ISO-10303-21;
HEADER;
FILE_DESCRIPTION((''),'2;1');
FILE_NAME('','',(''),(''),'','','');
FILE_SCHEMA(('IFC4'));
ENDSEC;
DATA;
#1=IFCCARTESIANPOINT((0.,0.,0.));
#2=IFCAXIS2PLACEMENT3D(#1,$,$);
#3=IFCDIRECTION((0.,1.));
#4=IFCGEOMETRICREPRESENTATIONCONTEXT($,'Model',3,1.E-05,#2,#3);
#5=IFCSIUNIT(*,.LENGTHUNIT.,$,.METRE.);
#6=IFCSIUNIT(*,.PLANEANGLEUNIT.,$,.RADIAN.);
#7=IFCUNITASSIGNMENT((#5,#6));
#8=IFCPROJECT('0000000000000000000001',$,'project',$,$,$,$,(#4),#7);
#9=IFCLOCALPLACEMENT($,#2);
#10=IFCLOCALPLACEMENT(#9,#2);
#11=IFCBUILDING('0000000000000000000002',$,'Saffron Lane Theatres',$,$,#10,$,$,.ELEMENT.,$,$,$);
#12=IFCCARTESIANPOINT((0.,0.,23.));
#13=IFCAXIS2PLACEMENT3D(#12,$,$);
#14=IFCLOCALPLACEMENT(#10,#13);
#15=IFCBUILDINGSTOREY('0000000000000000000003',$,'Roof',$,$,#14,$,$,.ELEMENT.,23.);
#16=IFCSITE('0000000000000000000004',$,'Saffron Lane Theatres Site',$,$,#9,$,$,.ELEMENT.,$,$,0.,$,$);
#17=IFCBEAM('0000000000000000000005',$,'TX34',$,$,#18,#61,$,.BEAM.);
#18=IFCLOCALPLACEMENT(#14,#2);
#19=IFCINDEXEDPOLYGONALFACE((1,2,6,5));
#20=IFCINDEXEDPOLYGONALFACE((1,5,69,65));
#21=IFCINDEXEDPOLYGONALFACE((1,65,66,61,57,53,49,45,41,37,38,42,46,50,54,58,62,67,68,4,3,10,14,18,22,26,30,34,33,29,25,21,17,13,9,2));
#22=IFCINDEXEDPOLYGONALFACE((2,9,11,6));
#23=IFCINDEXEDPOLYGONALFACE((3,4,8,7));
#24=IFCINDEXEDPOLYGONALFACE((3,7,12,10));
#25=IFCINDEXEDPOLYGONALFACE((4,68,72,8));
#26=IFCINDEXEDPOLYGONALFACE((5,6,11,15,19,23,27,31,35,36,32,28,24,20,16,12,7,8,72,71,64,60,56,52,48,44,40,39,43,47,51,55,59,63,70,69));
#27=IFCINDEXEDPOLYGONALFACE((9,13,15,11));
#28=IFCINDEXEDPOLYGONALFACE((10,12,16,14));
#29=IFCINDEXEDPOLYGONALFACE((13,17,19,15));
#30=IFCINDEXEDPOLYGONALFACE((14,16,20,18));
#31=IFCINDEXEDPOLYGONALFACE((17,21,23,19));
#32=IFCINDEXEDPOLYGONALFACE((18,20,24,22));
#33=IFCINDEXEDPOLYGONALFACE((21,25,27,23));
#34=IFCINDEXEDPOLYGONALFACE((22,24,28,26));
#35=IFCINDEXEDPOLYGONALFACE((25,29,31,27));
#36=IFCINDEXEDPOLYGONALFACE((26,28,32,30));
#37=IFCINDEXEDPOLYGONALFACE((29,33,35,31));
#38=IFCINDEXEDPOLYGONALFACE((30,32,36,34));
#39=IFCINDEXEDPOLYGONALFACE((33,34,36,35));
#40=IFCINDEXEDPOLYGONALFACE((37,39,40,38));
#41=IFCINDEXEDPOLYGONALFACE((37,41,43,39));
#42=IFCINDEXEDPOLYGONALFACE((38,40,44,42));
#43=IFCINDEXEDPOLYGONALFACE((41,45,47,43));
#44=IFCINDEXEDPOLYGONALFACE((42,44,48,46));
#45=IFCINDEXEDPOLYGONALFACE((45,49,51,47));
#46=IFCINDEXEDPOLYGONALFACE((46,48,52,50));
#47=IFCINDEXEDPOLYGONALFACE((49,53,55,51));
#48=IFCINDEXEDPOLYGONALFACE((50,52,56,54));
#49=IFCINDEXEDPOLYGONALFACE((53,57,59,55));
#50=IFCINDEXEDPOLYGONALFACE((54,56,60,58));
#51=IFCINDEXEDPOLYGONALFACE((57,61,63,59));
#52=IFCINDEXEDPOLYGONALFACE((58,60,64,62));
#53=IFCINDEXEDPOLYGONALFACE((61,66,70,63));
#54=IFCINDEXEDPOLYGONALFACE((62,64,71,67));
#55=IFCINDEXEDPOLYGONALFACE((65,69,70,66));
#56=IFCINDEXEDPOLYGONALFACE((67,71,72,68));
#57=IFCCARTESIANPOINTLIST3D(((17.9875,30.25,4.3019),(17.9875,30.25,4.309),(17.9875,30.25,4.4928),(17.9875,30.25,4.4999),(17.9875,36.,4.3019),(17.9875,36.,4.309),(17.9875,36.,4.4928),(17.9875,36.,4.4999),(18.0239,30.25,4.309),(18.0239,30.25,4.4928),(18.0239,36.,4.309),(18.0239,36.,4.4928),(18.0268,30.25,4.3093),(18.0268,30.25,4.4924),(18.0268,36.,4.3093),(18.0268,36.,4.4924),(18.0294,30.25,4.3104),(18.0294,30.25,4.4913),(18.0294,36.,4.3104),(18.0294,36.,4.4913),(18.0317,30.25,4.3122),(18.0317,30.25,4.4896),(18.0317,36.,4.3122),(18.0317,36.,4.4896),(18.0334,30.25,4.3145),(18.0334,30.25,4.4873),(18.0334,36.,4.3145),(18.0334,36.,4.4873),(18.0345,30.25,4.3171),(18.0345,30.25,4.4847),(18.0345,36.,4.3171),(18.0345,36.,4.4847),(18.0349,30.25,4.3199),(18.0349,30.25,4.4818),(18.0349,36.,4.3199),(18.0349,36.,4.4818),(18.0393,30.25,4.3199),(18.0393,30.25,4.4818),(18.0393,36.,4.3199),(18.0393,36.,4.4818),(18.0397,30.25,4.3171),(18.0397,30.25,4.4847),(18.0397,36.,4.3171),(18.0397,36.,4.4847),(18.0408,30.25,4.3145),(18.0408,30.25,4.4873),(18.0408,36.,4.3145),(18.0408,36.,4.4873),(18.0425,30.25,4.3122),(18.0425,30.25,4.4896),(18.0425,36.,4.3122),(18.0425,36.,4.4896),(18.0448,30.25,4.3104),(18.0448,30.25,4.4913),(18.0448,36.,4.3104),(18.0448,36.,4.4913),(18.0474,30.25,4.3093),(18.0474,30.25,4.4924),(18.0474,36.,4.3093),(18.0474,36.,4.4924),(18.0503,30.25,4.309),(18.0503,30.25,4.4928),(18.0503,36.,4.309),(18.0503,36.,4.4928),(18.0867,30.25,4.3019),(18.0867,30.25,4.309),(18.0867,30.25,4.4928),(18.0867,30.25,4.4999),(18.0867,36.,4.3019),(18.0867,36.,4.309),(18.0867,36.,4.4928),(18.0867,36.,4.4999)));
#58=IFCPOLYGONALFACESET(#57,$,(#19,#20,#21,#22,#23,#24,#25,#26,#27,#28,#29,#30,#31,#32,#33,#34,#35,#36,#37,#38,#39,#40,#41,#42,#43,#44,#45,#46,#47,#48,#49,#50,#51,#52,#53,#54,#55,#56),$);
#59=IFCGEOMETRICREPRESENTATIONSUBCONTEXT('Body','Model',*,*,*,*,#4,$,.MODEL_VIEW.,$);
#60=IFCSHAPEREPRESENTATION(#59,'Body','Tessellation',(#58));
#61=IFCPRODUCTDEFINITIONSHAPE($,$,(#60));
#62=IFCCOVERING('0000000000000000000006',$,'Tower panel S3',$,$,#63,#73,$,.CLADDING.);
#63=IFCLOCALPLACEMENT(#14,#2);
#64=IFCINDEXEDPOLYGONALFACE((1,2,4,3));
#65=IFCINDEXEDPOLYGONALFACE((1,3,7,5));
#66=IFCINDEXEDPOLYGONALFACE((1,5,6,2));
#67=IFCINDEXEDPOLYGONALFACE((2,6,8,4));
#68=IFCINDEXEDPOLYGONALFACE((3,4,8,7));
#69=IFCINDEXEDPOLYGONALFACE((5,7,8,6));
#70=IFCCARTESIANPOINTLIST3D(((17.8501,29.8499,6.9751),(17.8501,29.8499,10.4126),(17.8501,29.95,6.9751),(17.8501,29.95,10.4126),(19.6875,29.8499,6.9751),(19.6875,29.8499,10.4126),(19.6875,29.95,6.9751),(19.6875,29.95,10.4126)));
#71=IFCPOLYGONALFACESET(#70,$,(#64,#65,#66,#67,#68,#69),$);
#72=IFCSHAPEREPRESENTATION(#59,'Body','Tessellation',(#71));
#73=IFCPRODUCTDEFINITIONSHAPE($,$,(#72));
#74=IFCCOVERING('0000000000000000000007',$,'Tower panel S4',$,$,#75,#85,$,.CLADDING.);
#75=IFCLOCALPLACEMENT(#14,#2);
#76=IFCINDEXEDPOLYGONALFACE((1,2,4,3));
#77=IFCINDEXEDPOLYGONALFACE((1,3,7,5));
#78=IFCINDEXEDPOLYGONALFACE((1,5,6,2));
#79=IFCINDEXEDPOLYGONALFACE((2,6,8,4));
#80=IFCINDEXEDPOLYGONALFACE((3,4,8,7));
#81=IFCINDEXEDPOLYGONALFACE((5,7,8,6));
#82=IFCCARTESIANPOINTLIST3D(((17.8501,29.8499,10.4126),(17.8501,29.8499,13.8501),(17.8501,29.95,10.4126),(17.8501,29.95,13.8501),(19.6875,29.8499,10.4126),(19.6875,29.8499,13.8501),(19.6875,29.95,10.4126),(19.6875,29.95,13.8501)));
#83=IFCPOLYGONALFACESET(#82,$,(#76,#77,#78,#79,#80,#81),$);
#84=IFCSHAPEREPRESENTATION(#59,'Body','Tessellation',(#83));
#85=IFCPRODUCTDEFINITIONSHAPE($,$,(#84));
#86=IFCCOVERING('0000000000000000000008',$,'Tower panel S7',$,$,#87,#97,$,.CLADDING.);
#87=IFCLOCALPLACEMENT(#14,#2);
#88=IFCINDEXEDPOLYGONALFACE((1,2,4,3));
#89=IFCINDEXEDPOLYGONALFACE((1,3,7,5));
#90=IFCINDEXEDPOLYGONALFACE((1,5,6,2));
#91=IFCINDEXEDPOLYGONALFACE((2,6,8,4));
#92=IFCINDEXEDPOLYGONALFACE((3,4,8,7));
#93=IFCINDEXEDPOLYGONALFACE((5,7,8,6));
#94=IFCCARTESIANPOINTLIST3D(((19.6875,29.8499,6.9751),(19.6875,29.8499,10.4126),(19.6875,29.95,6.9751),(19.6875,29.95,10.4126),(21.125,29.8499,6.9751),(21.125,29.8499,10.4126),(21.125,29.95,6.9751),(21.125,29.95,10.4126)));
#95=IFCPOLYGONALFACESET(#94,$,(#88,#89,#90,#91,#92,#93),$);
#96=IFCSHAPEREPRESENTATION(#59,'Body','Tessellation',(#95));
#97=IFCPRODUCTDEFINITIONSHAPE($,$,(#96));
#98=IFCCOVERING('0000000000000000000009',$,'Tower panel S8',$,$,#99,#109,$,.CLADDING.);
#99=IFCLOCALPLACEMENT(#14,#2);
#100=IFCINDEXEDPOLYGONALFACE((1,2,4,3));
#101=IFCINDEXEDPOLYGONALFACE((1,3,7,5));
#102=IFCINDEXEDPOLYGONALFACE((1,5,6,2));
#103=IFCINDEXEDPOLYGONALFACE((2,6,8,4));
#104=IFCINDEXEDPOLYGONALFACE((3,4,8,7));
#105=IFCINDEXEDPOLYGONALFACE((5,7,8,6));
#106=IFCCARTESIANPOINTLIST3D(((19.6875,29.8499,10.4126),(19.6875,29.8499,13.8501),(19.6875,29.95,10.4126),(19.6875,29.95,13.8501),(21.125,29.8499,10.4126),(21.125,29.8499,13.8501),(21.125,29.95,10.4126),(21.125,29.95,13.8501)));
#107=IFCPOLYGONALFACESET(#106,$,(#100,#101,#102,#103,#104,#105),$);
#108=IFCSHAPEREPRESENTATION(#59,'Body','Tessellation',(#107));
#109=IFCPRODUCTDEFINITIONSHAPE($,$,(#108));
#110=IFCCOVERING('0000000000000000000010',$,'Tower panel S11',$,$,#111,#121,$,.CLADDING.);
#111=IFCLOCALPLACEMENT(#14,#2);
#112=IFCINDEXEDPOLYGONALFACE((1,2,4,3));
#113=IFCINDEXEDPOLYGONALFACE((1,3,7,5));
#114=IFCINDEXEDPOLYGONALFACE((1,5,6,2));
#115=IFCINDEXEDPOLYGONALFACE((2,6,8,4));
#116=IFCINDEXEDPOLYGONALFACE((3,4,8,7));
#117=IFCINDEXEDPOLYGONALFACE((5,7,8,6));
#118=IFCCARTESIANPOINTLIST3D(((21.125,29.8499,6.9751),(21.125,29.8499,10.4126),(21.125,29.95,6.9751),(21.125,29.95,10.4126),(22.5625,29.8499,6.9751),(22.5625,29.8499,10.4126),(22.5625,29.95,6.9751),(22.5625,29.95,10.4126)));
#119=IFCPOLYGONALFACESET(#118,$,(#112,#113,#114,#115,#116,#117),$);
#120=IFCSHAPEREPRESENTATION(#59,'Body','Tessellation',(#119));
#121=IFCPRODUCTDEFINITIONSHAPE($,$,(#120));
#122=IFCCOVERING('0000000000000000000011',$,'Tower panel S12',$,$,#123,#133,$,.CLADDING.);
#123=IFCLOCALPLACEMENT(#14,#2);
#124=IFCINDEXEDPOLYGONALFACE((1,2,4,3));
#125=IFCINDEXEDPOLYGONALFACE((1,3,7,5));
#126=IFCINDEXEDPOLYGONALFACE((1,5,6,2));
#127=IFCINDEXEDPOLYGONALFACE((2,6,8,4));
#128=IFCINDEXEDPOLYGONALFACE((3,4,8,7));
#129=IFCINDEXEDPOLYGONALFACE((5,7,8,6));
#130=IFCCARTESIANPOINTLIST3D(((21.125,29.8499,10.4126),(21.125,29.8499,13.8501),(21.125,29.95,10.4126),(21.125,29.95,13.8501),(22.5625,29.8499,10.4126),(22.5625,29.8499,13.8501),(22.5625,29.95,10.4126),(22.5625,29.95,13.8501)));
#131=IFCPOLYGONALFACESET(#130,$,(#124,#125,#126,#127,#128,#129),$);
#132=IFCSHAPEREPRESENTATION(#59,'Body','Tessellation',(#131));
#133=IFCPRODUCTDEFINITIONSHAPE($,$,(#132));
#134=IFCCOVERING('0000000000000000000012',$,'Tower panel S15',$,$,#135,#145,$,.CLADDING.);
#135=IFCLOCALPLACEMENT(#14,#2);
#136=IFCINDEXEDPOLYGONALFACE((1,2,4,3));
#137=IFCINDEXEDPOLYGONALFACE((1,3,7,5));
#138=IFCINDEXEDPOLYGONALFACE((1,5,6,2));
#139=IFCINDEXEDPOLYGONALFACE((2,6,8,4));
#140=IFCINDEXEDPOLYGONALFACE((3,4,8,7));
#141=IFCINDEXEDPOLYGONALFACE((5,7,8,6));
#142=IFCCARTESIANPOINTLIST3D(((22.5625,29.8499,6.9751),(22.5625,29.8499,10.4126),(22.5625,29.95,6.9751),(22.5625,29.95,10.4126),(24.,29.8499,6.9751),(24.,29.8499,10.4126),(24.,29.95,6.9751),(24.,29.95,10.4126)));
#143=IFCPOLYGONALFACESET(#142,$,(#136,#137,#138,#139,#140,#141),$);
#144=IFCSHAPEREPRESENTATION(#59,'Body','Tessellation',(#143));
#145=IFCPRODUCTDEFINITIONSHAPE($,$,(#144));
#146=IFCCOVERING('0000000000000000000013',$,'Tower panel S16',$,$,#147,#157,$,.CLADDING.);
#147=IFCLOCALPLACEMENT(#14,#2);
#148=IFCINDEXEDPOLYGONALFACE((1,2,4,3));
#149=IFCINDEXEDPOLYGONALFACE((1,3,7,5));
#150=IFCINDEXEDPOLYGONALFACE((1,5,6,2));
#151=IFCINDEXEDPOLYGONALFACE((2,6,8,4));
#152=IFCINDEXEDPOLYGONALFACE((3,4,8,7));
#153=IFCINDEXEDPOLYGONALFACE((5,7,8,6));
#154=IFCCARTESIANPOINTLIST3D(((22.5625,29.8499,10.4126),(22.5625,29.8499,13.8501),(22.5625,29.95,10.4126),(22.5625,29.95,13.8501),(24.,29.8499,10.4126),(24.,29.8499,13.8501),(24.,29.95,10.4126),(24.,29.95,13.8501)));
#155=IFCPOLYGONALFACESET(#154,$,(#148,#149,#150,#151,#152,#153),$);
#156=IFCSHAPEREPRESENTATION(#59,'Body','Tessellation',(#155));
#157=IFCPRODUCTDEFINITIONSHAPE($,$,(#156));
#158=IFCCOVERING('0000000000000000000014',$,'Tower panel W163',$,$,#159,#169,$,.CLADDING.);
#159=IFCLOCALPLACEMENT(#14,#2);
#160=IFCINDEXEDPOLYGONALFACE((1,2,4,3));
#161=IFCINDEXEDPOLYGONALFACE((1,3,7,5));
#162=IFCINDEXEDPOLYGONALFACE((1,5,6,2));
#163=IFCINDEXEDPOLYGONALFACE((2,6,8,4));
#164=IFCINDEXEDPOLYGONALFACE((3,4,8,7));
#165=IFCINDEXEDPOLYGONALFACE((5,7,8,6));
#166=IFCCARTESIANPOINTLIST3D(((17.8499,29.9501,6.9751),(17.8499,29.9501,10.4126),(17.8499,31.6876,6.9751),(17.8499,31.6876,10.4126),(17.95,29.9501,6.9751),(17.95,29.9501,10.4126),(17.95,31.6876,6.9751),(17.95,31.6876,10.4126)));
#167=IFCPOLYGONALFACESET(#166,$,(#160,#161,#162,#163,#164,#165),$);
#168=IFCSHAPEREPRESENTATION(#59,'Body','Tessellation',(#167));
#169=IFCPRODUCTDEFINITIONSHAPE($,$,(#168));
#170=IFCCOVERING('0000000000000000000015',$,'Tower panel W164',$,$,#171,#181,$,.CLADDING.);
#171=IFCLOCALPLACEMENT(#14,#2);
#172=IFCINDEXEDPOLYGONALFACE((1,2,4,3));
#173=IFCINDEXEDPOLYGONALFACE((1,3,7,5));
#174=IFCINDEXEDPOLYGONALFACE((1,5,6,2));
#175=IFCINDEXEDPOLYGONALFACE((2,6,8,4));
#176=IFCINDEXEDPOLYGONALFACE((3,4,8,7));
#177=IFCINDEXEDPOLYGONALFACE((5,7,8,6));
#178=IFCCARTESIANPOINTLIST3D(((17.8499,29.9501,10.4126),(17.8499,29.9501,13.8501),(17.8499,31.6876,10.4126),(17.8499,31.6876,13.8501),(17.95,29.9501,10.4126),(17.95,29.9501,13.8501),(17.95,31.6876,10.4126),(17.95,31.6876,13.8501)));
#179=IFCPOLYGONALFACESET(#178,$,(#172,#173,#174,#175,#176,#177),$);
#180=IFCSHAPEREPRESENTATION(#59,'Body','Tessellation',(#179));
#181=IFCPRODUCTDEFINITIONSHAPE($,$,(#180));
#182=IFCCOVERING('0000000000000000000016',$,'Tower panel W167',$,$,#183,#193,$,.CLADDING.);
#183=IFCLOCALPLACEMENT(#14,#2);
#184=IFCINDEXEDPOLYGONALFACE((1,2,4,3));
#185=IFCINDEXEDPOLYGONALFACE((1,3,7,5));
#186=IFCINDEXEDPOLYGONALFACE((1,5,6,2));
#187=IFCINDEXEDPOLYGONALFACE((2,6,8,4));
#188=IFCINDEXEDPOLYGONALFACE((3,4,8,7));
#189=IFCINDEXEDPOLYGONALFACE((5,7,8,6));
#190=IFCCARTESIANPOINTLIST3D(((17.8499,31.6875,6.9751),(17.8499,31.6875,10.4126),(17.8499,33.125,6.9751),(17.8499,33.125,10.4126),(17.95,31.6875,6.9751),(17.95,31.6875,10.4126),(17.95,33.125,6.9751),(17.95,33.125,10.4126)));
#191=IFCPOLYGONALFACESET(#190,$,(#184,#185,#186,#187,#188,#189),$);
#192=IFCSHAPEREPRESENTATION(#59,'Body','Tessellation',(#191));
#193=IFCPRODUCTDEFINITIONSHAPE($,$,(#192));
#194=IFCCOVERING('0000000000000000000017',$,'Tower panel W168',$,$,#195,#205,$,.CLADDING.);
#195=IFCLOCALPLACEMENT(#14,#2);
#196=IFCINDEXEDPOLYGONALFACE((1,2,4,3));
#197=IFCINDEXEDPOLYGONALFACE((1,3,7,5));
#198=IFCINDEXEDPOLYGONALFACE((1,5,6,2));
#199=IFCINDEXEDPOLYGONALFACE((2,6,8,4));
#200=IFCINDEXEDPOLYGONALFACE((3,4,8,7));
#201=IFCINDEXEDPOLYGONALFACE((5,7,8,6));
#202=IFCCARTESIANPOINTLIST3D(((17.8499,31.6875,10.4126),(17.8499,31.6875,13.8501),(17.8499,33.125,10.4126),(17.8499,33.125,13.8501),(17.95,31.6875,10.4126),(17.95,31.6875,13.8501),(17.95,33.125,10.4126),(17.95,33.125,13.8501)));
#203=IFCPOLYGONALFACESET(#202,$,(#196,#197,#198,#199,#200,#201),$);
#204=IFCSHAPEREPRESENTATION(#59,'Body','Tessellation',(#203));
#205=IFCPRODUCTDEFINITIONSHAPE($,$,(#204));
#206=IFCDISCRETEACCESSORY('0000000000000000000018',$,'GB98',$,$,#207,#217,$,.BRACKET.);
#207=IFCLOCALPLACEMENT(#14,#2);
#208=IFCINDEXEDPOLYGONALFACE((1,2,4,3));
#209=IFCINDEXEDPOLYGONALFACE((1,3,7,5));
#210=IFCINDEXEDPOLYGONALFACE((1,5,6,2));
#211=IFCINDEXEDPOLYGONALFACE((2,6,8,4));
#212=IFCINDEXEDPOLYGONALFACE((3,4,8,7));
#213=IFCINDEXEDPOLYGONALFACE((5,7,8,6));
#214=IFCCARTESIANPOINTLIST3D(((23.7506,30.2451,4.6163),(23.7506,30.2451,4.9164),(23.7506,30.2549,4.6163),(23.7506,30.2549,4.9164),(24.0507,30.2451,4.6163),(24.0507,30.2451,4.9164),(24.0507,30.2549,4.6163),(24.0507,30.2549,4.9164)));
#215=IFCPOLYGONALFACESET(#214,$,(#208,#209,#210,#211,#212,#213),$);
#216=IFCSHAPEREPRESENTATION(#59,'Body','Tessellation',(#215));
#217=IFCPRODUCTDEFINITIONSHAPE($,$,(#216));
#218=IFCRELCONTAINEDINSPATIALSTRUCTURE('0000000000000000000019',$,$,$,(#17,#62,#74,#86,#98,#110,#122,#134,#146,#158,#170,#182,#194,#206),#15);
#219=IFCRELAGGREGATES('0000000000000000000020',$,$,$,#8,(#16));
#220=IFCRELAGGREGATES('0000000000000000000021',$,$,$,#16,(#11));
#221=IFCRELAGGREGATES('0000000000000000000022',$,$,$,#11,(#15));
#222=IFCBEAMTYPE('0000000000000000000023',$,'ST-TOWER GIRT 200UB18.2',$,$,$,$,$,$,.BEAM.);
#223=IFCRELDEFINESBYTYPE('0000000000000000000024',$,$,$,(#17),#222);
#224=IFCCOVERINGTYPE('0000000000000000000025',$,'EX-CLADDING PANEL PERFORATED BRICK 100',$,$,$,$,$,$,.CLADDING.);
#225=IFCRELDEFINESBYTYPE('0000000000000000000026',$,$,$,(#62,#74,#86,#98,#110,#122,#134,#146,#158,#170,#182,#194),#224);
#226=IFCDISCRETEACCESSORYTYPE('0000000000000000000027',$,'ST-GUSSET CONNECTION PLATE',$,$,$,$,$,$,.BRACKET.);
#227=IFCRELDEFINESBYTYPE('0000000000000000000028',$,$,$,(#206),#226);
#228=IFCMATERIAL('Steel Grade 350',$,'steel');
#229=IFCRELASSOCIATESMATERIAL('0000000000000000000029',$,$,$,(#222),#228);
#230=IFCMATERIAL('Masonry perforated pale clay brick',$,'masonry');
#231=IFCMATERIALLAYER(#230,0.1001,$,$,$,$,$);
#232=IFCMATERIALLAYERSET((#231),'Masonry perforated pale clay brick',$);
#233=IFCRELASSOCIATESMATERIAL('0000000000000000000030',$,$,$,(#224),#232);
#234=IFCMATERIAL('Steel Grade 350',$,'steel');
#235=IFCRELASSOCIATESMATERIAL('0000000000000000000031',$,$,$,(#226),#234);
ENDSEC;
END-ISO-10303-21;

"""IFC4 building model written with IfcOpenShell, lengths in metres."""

from ifc_helpers import new_model, si_unit, direction, frame, origin, origin_2d, place, context, subcontext, project, spatial, rectangle, i_section, extrude, material, layer, layer_set, material_profile, profile_set, type_object, element, save


model = new_model("IFC4")

# Units and contexts
model_context = context("Model", 3, precision=1e-05, world=origin(), true_north=direction((0.0, 1.0)))
body_context = subcontext(model_context, "Body", "Model", "MODEL_VIEW")
ifc_project = project(units=[si_unit("LENGTHUNIT", "METRE"), si_unit("PLANEANGLEUNIT", "RADIAN")], contexts=[model_context])

# Site, building, storey
site_placement = place(None, origin())
site = spatial("IfcSite", under=ifc_project, at=site_placement, Name="Saffron Lane Theatres Site", CompositionType="ELEMENT", RefElevation=0.0)
building_placement = place(site_placement, origin())
building = spatial("IfcBuilding", under=site, at=building_placement, Name="Saffron Lane Theatres", CompositionType="ELEMENT")
storey_placement = place(building_placement, frame((0.0, 0.0, 23.0)))
storey = spatial("IfcBuildingStorey", under=building, at=storey_placement, Name="Roof", CompositionType="ELEMENT", Elevation=23.0)

# Beam
ifc_material_1 = material(Name="Steel Grade 350", Category="steel")
ifc_material_profile_1 = material_profile(ifc_material_1, i_section(OverallWidth=0.0991, OverallDepth=0.198, WebThickness=0.0044, FlangeThickness=0.0071, FilletRadius=0.011, at=origin_2d()))
ifc_profile_set_1 = profile_set([ifc_material_profile_1], Name="Steel Grade 350")
beam_type_1 = type_object("IfcBeamType", Name="ST-TOWER GIRT 200UB18.2", PredefinedType="BEAM", material=ifc_profile_set_1)
beam_1_placement = place(storey_placement, frame((18.0371, 30.25, 4.4009), z_axis=(0.0, 1.0, 0.0), x_axis=(-1.0, 0.0, 0.0)))
element("IfcBeam", 1, at=beam_1_placement, inside=storey, type_object=beam_type_1, Name="TX34", PredefinedType="BEAM", context=body_context, shape_type="SweptSolid", body=[
    extrude(i_section(OverallWidth=0.0991, OverallDepth=0.198, WebThickness=0.0044, FlangeThickness=0.0071, FilletRadius=0.011, at=origin_2d()), origin(), (0.0, 0.0, 1.0), 5.75),
])

# Coverings
ifc_material_2 = material(Name="Masonry perforated pale clay brick", Category="masonry")
ifc_layer = layer(ifc_material_2, 0.1001)
ifc_layer_set = layer_set([ifc_layer], Name="Masonry perforated pale clay brick")
covering_type = type_object("IfcCoveringType", Name="EX-CLADDING PANEL PERFORATED BRICK 100", PredefinedType="CLADDING", material=ifc_layer_set)
for number, where, z_axis, x_axis, name in (
    (2, (18.7688, 29.8999, 6.9751), (0.0, 0.0, 1.0), (1.0, 0.0, 0.0), "Tower panel S3"),
    (3, (18.7688, 29.8999, 10.4126), (0.0, 0.0, 1.0), (1.0, 0.0, 0.0), "Tower panel S4"),
):
    element("IfcCovering", number, at=place(storey_placement, frame(where, z_axis=z_axis, x_axis=x_axis)), inside=storey, type_object=covering_type, Name=name, PredefinedType="CLADDING", context=body_context, shape_type="SweptSolid", body=[
        extrude(rectangle(XDim=1.8374, YDim=0.1001, at=origin_2d()), origin(), (0.0, 0.0, 1.0), 3.4375),
    ])
for number, where, z_axis, x_axis, name in (
    (4, (20.4062, 29.8999, 6.9751), (0.0, 0.0, 1.0), (1.0, 0.0, 0.0), "Tower panel S7"),
    (5, (20.4062, 29.8999, 10.4126), (0.0, 0.0, 1.0), (1.0, 0.0, 0.0), "Tower panel S8"),
    (6, (21.8438, 29.8999, 6.9751), (0.0, 0.0, 1.0), (1.0, 0.0, 0.0), "Tower panel S11"),
    (7, (21.8438, 29.8999, 10.4126), (0.0, 0.0, 1.0), (1.0, 0.0, 0.0), "Tower panel S12"),
    (8, (23.2812, 29.8999, 6.9751), (0.0, 0.0, 1.0), (1.0, 0.0, 0.0), "Tower panel S15"),
    (9, (23.2812, 29.8999, 10.4126), (0.0, 0.0, 1.0), (1.0, 0.0, 0.0), "Tower panel S16"),
):
    element("IfcCovering", number, at=place(storey_placement, frame(where, z_axis=z_axis, x_axis=x_axis)), inside=storey, type_object=covering_type, Name=name, PredefinedType="CLADDING", context=body_context, shape_type="SweptSolid", body=[
        extrude(rectangle(XDim=1.4375, YDim=0.1001, at=origin_2d()), origin(), (0.0, 0.0, 1.0), 3.4375),
    ])
for number, where, z_axis, x_axis, name in (
    (10, (17.8999, 30.8188, 6.9751), (0.0, 0.0, 1.0), (0.0, 1.0, 0.0), "Tower panel W163"),
    (11, (17.8999, 30.8188, 10.4126), (0.0, 0.0, 1.0), (0.0, 1.0, 0.0), "Tower panel W164"),
):
    element("IfcCovering", number, at=place(storey_placement, frame(where, z_axis=z_axis, x_axis=x_axis)), inside=storey, type_object=covering_type, Name=name, PredefinedType="CLADDING", context=body_context, shape_type="SweptSolid", body=[
        extrude(rectangle(XDim=1.7375, YDim=0.1001, at=origin_2d()), origin(), (0.0, 0.0, 1.0), 3.4375),
    ])
for number, where, z_axis, x_axis, name in (
    (12, (17.8999, 32.4062, 6.9751), (0.0, 0.0, 1.0), (0.0, 1.0, 0.0), "Tower panel W167"),
    (13, (17.8999, 32.4062, 10.4126), (0.0, 0.0, 1.0), (0.0, 1.0, 0.0), "Tower panel W168"),
):
    element("IfcCovering", number, at=place(storey_placement, frame(where, z_axis=z_axis, x_axis=x_axis)), inside=storey, type_object=covering_type, Name=name, PredefinedType="CLADDING", context=body_context, shape_type="SweptSolid", body=[
        extrude(rectangle(XDim=1.4375, YDim=0.1001, at=origin_2d()), origin(), (0.0, 0.0, 1.0), 3.4375),
    ])

# Discrete accessory
ifc_material_3 = material(Name="Steel Grade 350", Category="steel")
ifc_material_profile_2 = material_profile(ifc_material_3, rectangle(XDim=0.3, YDim=0.3, at=origin_2d()))
ifc_profile_set_2 = profile_set([ifc_material_profile_2], Name="Steel Grade 350")
discrete_accessory_type_1 = type_object("IfcDiscreteAccessoryType", Name="ST-GUSSET CONNECTION PLATE", PredefinedType="BRACKET", material=ifc_profile_set_2)
for number, where, z_axis, x_axis, name in (
    (14, (23.9006, 30.2451, 4.7664), (0.0, 1.0, 0.0), (-1.0, 0.0, 0.0), "GB98"),
):
    element("IfcDiscreteAccessory", number, at=place(storey_placement, frame(where, z_axis=z_axis, x_axis=x_axis)), inside=storey, type_object=discrete_accessory_type_1, Name=name, PredefinedType="BRACKET", context=body_context, shape_type="SweptSolid", body=[
        extrude(rectangle(XDim=0.3, YDim=0.3, at=origin_2d()), origin(), (0.0, 0.0, 1.0), 0.0098),
    ])

save(model, "model.ifc")
